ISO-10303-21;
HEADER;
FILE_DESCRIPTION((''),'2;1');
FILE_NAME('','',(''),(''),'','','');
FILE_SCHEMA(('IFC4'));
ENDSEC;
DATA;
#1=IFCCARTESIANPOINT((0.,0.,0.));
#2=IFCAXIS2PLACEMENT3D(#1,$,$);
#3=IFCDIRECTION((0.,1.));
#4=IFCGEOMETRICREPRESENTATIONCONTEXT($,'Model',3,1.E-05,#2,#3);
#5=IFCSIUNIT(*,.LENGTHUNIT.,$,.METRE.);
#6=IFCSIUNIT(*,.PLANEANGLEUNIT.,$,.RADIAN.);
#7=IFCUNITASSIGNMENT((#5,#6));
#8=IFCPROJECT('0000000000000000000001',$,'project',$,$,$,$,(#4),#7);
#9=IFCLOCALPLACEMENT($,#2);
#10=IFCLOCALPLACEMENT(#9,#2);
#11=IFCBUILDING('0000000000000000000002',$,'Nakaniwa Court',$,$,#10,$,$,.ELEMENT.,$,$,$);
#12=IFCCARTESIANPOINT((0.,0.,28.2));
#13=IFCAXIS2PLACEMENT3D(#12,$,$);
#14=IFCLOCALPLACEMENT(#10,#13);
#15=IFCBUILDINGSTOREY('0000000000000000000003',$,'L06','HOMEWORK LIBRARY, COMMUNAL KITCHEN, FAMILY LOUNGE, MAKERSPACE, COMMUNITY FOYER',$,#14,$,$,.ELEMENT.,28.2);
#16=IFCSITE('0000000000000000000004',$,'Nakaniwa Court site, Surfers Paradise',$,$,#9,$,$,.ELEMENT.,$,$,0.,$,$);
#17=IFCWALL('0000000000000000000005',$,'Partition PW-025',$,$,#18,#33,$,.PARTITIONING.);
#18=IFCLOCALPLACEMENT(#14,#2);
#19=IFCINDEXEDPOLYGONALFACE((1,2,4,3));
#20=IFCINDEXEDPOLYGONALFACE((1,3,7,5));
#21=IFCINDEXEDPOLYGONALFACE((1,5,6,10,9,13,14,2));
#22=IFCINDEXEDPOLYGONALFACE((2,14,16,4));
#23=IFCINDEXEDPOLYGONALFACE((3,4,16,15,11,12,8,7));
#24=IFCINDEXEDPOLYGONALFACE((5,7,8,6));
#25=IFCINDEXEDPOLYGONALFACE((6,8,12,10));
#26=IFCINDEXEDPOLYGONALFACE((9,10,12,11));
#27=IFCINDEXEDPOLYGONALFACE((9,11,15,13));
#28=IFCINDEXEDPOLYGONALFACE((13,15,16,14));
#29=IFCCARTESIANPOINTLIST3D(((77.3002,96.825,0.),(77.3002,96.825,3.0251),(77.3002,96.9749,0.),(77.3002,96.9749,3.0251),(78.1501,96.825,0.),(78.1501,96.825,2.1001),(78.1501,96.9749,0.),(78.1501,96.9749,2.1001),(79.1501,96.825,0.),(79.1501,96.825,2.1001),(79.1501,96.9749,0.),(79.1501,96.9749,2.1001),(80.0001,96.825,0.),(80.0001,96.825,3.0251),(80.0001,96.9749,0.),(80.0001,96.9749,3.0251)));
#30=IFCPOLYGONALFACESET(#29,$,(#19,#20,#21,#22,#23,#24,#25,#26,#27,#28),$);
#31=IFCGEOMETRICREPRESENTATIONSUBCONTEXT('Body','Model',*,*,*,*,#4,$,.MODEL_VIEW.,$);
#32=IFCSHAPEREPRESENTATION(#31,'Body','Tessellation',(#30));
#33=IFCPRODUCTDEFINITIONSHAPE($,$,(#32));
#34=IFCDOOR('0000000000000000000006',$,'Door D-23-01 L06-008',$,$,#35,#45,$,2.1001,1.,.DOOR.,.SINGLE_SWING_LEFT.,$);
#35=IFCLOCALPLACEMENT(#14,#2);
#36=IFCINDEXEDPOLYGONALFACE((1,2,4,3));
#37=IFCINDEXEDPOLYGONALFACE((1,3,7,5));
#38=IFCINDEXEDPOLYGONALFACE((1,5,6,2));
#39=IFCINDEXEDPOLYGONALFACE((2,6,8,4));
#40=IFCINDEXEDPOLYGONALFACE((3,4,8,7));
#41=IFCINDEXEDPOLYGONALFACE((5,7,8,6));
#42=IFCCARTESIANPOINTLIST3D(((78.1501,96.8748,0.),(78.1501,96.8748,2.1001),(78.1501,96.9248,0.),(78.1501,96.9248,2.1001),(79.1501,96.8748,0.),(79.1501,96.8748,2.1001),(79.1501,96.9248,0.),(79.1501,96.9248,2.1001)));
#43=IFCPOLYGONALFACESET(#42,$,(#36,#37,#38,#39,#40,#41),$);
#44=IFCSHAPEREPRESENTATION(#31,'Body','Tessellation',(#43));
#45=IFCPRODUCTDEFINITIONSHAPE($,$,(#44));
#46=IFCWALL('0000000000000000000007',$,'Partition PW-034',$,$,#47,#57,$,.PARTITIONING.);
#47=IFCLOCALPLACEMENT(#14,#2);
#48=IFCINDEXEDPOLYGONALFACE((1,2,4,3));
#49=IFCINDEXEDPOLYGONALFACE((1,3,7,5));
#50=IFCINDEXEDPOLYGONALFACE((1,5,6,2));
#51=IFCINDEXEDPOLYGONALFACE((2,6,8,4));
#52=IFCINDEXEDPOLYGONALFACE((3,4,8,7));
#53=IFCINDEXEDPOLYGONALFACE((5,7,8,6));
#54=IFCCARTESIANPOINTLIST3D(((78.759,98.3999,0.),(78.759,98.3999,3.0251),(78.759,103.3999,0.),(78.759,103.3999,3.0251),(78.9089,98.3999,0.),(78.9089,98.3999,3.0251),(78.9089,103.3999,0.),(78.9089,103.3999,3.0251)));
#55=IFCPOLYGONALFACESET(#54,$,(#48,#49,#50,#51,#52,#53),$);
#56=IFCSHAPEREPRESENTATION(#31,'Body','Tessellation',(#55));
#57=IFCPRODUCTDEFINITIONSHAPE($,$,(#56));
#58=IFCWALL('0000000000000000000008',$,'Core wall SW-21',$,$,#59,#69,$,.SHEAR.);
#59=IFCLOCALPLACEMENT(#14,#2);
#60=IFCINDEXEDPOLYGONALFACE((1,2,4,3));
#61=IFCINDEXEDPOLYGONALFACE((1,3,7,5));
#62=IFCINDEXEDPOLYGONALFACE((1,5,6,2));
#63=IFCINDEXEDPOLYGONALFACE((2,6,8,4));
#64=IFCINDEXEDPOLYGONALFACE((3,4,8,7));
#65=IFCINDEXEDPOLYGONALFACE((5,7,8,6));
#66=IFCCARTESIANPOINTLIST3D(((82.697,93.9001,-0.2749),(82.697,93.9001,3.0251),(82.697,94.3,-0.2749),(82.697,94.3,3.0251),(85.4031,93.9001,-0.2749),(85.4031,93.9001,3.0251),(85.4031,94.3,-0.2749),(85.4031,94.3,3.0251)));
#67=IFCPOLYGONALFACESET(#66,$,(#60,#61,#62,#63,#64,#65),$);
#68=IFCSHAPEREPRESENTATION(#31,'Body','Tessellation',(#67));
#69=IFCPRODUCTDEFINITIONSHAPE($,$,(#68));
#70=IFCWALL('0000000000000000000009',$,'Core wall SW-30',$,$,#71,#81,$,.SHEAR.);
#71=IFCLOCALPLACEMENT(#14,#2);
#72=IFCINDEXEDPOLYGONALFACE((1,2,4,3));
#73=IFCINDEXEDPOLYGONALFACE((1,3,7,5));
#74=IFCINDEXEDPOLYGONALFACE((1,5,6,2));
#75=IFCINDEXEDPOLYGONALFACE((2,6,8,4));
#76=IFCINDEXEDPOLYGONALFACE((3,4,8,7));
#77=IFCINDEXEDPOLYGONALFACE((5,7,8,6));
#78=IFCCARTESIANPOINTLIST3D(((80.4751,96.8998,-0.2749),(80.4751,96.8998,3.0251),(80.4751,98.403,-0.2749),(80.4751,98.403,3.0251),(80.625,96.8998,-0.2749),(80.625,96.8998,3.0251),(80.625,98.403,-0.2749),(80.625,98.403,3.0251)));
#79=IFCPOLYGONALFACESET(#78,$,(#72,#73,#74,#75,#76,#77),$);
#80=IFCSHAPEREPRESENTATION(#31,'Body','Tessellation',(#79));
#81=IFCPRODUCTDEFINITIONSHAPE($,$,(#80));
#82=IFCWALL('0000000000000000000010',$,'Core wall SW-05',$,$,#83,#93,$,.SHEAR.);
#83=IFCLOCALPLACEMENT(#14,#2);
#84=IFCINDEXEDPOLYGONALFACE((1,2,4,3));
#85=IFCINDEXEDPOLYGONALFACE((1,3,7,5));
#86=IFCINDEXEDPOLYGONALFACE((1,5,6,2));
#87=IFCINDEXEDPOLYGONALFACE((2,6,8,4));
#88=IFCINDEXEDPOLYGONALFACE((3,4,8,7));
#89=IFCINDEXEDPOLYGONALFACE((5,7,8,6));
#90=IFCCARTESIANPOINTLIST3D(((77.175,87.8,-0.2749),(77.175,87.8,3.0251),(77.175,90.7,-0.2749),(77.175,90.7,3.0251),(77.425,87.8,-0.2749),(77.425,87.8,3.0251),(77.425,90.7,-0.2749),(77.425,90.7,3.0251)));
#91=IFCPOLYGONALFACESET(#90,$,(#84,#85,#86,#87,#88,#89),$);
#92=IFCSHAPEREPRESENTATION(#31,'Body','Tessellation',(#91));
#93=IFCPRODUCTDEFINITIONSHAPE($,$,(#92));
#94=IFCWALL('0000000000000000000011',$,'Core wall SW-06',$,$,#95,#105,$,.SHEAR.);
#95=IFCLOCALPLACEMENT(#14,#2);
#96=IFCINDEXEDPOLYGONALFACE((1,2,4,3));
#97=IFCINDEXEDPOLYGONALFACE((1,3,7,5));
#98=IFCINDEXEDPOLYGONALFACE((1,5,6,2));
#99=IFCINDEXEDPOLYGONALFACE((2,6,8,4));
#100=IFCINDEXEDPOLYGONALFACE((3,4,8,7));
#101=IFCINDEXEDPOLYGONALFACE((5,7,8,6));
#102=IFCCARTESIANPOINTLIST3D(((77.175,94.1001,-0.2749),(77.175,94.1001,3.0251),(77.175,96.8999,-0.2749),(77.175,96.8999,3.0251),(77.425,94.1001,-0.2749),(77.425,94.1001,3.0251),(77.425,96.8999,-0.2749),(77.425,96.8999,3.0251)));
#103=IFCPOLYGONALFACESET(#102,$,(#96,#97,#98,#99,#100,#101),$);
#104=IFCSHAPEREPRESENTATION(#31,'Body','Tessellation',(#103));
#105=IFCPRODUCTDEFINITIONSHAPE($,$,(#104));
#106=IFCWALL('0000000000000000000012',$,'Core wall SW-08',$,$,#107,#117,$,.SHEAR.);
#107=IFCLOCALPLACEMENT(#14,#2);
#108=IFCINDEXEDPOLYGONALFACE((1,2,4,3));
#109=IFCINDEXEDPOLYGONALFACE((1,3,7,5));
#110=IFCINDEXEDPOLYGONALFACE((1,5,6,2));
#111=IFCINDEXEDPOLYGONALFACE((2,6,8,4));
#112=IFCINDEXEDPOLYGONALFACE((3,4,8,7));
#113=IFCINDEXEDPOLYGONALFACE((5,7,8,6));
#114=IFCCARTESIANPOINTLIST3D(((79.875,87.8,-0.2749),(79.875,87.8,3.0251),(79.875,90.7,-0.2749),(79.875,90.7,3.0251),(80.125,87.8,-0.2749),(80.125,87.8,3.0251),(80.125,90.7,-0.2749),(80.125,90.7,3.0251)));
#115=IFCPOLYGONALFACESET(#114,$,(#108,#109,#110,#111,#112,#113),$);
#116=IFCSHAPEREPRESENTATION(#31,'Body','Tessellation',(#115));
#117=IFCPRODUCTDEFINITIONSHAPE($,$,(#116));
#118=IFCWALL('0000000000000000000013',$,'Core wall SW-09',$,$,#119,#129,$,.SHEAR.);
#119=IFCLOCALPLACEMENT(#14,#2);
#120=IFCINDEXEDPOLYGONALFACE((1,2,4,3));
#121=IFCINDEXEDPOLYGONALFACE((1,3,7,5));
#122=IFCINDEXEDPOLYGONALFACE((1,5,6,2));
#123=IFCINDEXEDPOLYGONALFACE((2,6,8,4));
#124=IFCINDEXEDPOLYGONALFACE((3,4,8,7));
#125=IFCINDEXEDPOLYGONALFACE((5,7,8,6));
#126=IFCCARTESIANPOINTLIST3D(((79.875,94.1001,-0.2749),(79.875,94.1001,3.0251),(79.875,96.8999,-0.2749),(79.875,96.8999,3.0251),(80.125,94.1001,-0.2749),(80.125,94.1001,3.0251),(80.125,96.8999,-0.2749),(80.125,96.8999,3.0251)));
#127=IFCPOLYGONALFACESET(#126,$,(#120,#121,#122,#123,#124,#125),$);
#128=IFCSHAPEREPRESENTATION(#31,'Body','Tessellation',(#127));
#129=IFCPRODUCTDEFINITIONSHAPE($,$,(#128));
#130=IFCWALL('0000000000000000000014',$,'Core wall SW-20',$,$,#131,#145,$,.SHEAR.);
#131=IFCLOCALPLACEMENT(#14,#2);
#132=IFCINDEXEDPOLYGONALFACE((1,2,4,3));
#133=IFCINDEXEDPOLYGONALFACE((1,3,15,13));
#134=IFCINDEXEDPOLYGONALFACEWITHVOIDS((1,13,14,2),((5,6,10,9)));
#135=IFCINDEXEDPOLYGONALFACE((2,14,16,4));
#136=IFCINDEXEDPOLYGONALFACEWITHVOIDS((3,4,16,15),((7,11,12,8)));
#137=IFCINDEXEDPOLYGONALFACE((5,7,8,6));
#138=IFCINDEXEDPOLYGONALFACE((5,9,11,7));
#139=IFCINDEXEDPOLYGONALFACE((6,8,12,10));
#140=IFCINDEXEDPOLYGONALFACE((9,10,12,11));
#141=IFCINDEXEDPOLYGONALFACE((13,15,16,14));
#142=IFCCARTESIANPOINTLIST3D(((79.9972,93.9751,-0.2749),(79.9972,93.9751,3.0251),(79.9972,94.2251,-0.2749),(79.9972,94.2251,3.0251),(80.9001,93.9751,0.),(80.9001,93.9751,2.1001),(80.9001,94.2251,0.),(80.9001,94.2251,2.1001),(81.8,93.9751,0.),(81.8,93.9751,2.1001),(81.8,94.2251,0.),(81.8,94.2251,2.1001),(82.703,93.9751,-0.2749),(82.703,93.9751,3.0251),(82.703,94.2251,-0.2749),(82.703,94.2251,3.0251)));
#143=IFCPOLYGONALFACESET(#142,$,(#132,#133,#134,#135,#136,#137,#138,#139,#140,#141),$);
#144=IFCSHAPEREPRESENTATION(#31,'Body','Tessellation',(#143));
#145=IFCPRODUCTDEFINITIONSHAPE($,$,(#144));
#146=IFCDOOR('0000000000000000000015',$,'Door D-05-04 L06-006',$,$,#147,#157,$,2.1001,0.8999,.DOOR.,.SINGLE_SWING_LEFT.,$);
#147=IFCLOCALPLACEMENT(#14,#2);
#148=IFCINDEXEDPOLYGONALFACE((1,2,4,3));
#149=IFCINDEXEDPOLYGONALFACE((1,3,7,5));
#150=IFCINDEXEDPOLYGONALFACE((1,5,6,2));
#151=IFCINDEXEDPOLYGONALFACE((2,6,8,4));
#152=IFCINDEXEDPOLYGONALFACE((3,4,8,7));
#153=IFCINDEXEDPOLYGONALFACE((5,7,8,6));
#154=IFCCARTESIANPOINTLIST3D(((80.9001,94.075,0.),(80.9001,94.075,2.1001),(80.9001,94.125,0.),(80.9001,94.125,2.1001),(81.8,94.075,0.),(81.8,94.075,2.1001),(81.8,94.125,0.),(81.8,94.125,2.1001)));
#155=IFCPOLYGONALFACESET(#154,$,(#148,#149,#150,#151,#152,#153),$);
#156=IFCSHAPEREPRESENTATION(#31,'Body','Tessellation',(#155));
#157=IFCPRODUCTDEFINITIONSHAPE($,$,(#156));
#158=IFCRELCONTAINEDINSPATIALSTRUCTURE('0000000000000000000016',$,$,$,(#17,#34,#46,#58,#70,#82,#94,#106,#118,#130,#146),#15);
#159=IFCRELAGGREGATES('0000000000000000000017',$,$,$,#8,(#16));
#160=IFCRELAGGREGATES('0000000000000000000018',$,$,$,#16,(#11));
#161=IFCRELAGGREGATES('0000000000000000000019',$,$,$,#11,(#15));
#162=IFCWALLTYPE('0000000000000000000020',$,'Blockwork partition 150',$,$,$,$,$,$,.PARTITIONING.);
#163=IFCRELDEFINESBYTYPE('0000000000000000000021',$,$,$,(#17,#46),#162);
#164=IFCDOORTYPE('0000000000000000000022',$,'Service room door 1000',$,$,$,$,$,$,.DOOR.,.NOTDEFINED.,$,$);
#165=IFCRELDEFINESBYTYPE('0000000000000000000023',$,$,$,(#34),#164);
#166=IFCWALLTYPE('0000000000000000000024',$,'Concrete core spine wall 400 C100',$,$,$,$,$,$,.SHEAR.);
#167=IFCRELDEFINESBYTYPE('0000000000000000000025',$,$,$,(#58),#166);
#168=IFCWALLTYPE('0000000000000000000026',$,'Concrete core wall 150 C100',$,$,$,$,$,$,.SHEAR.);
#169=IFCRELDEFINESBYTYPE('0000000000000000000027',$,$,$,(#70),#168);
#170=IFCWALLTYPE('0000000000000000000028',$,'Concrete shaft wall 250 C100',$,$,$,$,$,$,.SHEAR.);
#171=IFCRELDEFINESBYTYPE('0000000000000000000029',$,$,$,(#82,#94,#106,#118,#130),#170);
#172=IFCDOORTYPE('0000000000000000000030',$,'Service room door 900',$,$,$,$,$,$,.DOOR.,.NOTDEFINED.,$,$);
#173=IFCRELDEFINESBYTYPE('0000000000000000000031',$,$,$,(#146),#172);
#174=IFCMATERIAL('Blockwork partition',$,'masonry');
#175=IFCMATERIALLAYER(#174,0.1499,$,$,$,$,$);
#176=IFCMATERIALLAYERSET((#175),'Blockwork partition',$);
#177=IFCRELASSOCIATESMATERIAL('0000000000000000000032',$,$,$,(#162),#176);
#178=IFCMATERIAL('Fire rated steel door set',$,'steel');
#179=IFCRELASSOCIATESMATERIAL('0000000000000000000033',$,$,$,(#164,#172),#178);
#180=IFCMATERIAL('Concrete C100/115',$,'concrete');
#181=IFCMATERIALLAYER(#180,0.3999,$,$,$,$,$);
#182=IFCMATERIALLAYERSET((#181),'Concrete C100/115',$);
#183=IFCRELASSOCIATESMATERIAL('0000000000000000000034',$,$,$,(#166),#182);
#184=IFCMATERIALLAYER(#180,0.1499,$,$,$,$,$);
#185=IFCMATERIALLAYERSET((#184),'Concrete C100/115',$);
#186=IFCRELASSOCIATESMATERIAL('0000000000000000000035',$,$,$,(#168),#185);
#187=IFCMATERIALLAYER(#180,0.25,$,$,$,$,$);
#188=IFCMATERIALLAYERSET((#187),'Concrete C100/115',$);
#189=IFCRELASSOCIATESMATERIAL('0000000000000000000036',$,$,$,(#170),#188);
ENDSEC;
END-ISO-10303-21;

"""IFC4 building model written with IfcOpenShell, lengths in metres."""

from ifc_helpers import new_model, si_unit, direction, frame, frame_2d, origin, place, context, subcontext, project, spatial, rectangle, extrude, material, layer, layer_set, type_object, element, fill, save


model = new_model("IFC4")

# Units and contexts
model_context = context("Model", 3, precision=1e-05, world=origin(), true_north=direction((0.0, 1.0)))
body_context = subcontext(model_context, "Body", "Model", "MODEL_VIEW")
ifc_project = project(units=[si_unit("LENGTHUNIT", "METRE"), si_unit("PLANEANGLEUNIT", "RADIAN")], contexts=[model_context])

# Site, building, storey
site_placement = place(None, origin())
site = spatial("IfcSite", under=ifc_project, at=site_placement, Name="Nakaniwa Court site, Surfers Paradise", CompositionType="ELEMENT", RefElevation=0.0)
building_placement = place(site_placement, origin())
building = spatial("IfcBuilding", under=site, at=building_placement, Name="Nakaniwa Court", CompositionType="ELEMENT")
storey_placement = place(building_placement, frame((0.0, 0.0, 28.2)))
storey = spatial("IfcBuildingStorey", under=building, at=storey_placement, Name="L06", Description="HOMEWORK LIBRARY, COMMUNAL KITCHEN, FAMILY LOUNGE, MAKERSPACE, COMMUNITY FOYER", CompositionType="ELEMENT", Elevation=28.2)

# Wall, opening, door
ifc_material_1 = material(Name="Blockwork partition", Category="masonry")
ifc_layer_1 = layer(ifc_material_1, 0.1499)
ifc_layer_set_1 = layer_set([ifc_layer_1], Name="Blockwork partition")
wall_type_1 = type_object("IfcWallType", Name="Blockwork partition 150", PredefinedType="PARTITIONING", material=ifc_layer_set_1)
wall_1_placement = place(storey_placement, frame((77.3, 96.8999, 0.0), z_axis=(0.0, 0.0, 1.0), x_axis=(1.0, 0.0, 0.0)))
wall_1 = element("IfcWall", 1, at=wall_1_placement, inside=storey, type_object=wall_type_1, Name="Partition PW-025", PredefinedType="PARTITIONING", context=body_context, shape_type="SweptSolid", body=[
    extrude(rectangle(XDim=2.7, YDim=0.1499, at=frame_2d((1.3501, 0.0))), origin(), (0.0, 0.0, 1.0), 3.0251),
])
opening_1_placement = place(wall_1_placement, frame((0.8501, 0.0, 0.0)))
opening_1 = element("IfcOpeningElement", 2, at=opening_1_placement, cuts=wall_1, PredefinedType="OPENING", context=body_context, shape_type="SweptSolid", body=[
    extrude(rectangle(XDim=1.0, YDim=2.1001, at=frame_2d((0.5, 1.05))), frame((0.0, 0.085, 0.0), z_axis=(0.0, -1.0, 0.0), x_axis=(1.0, 0.0, 0.0)), (0.0, 0.0, 1.0), 0.1699),
])
ifc_material_2 = material(Name="Fire rated steel door set", Category="steel")
door_type_1 = type_object("IfcDoorType", Name="Service room door 1000", OperationType="NOTDEFINED", PredefinedType="DOOR", material=ifc_material_2)
door_1_placement = place(opening_1_placement, origin())
door_1 = element("IfcDoor", 3, at=door_1_placement, inside=storey, type_object=door_type_1, Name="Door D-23-01 L06-008", OperationType="SINGLE_SWING_LEFT", OverallHeight=2.1001, OverallWidth=1.0, PredefinedType="DOOR", context=body_context, shape_type="SweptSolid", body=[
    extrude(rectangle(XDim=1.0, YDim=2.1001, at=frame_2d((0.5, 1.05))), frame((0.0, 0.0249, 0.0), z_axis=(0.0, -1.0, 0.0), x_axis=(1.0, 0.0, 0.0)), (0.0, 0.0, 1.0), 0.05),
])
fill(opening_1, door_1)

# Walls
wall_2_placement = place(storey_placement, frame((78.834, 98.3999, 0.0), z_axis=(0.0, 0.0, 1.0), x_axis=(0.0, 1.0, 0.0)))
element("IfcWall", 4, at=wall_2_placement, inside=storey, type_object=wall_type_1, Name="Partition PW-034", PredefinedType="PARTITIONING", context=body_context, shape_type="SweptSolid", body=[
    extrude(rectangle(XDim=5.0, YDim=0.1499, at=frame_2d((2.5, 0.0))), origin(), (0.0, 0.0, 1.0), 3.0251),
])
ifc_material_3 = material(Name="Concrete C100/115", Category="concrete")
ifc_layer_2 = layer(ifc_material_3, 0.3999)
ifc_layer_set_2 = layer_set([ifc_layer_2], Name="Concrete C100/115")
wall_type_2 = type_object("IfcWallType", Name="Concrete core spine wall 400 C100", PredefinedType="SHEAR", material=ifc_layer_set_2)
wall_3_placement = place(storey_placement, frame((82.697, 94.1001, -0.2749), z_axis=(0.0, 0.0, 1.0), x_axis=(1.0, 0.0, 0.0)))
element("IfcWall", 5, at=wall_3_placement, inside=storey, type_object=wall_type_2, Name="Core wall SW-21", PredefinedType="SHEAR", context=body_context, shape_type="SweptSolid", body=[
    extrude(rectangle(XDim=2.7061, YDim=0.3999, at=frame_2d((1.353, 0.0))), origin(), (0.0, 0.0, 1.0), 3.3),
])
ifc_layer_3 = layer(ifc_material_3, 0.1499)
ifc_layer_set_3 = layer_set([ifc_layer_3], Name="Concrete C100/115")
wall_type_3 = type_object("IfcWallType", Name="Concrete core wall 150 C100", PredefinedType="SHEAR", material=ifc_layer_set_3)
wall_4_placement = place(storey_placement, frame((80.55, 96.8999, -0.2749), z_axis=(0.0, 0.0, 1.0), x_axis=(0.0, 1.0, 0.0)))
element("IfcWall", 6, at=wall_4_placement, inside=storey, type_object=wall_type_3, Name="Core wall SW-30", PredefinedType="SHEAR", context=body_context, shape_type="SweptSolid", body=[
    extrude(rectangle(XDim=1.5032, YDim=0.1499, at=frame_2d((0.7515, 0.0))), origin(), (0.0, 0.0, 1.0), 3.3),
])
ifc_layer_4 = layer(ifc_material_3, 0.25)
ifc_layer_set_4 = layer_set([ifc_layer_4], Name="Concrete C100/115")
wall_type_4 = type_object("IfcWallType", Name="Concrete shaft wall 250 C100", PredefinedType="SHEAR", material=ifc_layer_set_4)
wall_5_placement = place(storey_placement, frame((77.3, 87.8, -0.2749), z_axis=(0.0, 0.0, 1.0), x_axis=(0.0, 1.0, 0.0)))
element("IfcWall", 7, at=wall_5_placement, inside=storey, type_object=wall_type_4, Name="Core wall SW-05", PredefinedType="SHEAR", context=body_context, shape_type="SweptSolid", body=[
    extrude(rectangle(XDim=2.8999, YDim=0.25, at=frame_2d((1.45, 0.0))), origin(), (0.0, 0.0, 1.0), 3.3),
])
wall_6_placement = place(storey_placement, frame((77.3, 94.1001, -0.2749), z_axis=(0.0, 0.0, 1.0), x_axis=(0.0, 1.0, 0.0)))
element("IfcWall", 8, at=wall_6_placement, inside=storey, type_object=wall_type_4, Name="Core wall SW-06", PredefinedType="SHEAR", context=body_context, shape_type="SweptSolid", body=[
    extrude(rectangle(XDim=2.7998, YDim=0.25, at=frame_2d((1.3999, 0.0))), origin(), (0.0, 0.0, 1.0), 3.3),
])
wall_7_placement = place(storey_placement, frame((80.0, 87.8, -0.2749), z_axis=(0.0, 0.0, 1.0), x_axis=(0.0, 1.0, 0.0)))
element("IfcWall", 9, at=wall_7_placement, inside=storey, type_object=wall_type_4, Name="Core wall SW-08", PredefinedType="SHEAR", context=body_context, shape_type="SweptSolid", body=[
    extrude(rectangle(XDim=2.8999, YDim=0.25, at=frame_2d((1.45, 0.0))), origin(), (0.0, 0.0, 1.0), 3.3),
])
wall_8_placement = place(storey_placement, frame((80.0, 94.1001, -0.2749), z_axis=(0.0, 0.0, 1.0), x_axis=(0.0, 1.0, 0.0)))
element("IfcWall", 10, at=wall_8_placement, inside=storey, type_object=wall_type_4, Name="Core wall SW-09", PredefinedType="SHEAR", context=body_context, shape_type="SweptSolid", body=[
    extrude(rectangle(XDim=2.7998, YDim=0.25, at=frame_2d((1.3999, 0.0))), origin(), (0.0, 0.0, 1.0), 3.3),
])

# Wall, opening, door
wall_9_placement = place(storey_placement, frame((79.9971, 94.1001, -0.2749), z_axis=(0.0, 0.0, 1.0), x_axis=(1.0, 0.0, 0.0)))
wall_9 = element("IfcWall", 11, at=wall_9_placement, inside=storey, type_object=wall_type_4, Name="Core wall SW-20", PredefinedType="SHEAR", context=body_context, shape_type="SweptSolid", body=[
    extrude(rectangle(XDim=2.7058, YDim=0.25, at=frame_2d((1.353, 0.0))), origin(), (0.0, 0.0, 1.0), 3.3),
])
opening_2_placement = place(wall_9_placement, frame((0.9031, 0.0, 0.2749)))
opening_2 = element("IfcOpeningElement", 12, at=opening_2_placement, cuts=wall_9, PredefinedType="OPENING", context=body_context, shape_type="SweptSolid", body=[
    extrude(rectangle(XDim=0.8999, YDim=2.1001, at=frame_2d((0.45, 1.05))), frame((0.0, 0.135, 0.0), z_axis=(0.0, -1.0, 0.0), x_axis=(1.0, 0.0, 0.0)), (0.0, 0.0, 1.0), 0.27),
])
door_type_2 = type_object("IfcDoorType", Name="Service room door 900", OperationType="NOTDEFINED", PredefinedType="DOOR", material=ifc_material_2)
door_2_placement = place(opening_2_placement, origin())
door_2 = element("IfcDoor", 13, at=door_2_placement, inside=storey, type_object=door_type_2, Name="Door D-05-04 L06-006", OperationType="SINGLE_SWING_LEFT", OverallHeight=2.1001, OverallWidth=0.8999, PredefinedType="DOOR", context=body_context, shape_type="SweptSolid", body=[
    extrude(rectangle(XDim=0.8999, YDim=2.1001, at=frame_2d((0.45, 1.05))), frame((0.0, 0.0249, 0.0), z_axis=(0.0, -1.0, 0.0), x_axis=(1.0, 0.0, 0.0)), (0.0, 0.0, 1.0), 0.05),
])
fill(opening_2, door_2)

save(model, "model.ifc")
